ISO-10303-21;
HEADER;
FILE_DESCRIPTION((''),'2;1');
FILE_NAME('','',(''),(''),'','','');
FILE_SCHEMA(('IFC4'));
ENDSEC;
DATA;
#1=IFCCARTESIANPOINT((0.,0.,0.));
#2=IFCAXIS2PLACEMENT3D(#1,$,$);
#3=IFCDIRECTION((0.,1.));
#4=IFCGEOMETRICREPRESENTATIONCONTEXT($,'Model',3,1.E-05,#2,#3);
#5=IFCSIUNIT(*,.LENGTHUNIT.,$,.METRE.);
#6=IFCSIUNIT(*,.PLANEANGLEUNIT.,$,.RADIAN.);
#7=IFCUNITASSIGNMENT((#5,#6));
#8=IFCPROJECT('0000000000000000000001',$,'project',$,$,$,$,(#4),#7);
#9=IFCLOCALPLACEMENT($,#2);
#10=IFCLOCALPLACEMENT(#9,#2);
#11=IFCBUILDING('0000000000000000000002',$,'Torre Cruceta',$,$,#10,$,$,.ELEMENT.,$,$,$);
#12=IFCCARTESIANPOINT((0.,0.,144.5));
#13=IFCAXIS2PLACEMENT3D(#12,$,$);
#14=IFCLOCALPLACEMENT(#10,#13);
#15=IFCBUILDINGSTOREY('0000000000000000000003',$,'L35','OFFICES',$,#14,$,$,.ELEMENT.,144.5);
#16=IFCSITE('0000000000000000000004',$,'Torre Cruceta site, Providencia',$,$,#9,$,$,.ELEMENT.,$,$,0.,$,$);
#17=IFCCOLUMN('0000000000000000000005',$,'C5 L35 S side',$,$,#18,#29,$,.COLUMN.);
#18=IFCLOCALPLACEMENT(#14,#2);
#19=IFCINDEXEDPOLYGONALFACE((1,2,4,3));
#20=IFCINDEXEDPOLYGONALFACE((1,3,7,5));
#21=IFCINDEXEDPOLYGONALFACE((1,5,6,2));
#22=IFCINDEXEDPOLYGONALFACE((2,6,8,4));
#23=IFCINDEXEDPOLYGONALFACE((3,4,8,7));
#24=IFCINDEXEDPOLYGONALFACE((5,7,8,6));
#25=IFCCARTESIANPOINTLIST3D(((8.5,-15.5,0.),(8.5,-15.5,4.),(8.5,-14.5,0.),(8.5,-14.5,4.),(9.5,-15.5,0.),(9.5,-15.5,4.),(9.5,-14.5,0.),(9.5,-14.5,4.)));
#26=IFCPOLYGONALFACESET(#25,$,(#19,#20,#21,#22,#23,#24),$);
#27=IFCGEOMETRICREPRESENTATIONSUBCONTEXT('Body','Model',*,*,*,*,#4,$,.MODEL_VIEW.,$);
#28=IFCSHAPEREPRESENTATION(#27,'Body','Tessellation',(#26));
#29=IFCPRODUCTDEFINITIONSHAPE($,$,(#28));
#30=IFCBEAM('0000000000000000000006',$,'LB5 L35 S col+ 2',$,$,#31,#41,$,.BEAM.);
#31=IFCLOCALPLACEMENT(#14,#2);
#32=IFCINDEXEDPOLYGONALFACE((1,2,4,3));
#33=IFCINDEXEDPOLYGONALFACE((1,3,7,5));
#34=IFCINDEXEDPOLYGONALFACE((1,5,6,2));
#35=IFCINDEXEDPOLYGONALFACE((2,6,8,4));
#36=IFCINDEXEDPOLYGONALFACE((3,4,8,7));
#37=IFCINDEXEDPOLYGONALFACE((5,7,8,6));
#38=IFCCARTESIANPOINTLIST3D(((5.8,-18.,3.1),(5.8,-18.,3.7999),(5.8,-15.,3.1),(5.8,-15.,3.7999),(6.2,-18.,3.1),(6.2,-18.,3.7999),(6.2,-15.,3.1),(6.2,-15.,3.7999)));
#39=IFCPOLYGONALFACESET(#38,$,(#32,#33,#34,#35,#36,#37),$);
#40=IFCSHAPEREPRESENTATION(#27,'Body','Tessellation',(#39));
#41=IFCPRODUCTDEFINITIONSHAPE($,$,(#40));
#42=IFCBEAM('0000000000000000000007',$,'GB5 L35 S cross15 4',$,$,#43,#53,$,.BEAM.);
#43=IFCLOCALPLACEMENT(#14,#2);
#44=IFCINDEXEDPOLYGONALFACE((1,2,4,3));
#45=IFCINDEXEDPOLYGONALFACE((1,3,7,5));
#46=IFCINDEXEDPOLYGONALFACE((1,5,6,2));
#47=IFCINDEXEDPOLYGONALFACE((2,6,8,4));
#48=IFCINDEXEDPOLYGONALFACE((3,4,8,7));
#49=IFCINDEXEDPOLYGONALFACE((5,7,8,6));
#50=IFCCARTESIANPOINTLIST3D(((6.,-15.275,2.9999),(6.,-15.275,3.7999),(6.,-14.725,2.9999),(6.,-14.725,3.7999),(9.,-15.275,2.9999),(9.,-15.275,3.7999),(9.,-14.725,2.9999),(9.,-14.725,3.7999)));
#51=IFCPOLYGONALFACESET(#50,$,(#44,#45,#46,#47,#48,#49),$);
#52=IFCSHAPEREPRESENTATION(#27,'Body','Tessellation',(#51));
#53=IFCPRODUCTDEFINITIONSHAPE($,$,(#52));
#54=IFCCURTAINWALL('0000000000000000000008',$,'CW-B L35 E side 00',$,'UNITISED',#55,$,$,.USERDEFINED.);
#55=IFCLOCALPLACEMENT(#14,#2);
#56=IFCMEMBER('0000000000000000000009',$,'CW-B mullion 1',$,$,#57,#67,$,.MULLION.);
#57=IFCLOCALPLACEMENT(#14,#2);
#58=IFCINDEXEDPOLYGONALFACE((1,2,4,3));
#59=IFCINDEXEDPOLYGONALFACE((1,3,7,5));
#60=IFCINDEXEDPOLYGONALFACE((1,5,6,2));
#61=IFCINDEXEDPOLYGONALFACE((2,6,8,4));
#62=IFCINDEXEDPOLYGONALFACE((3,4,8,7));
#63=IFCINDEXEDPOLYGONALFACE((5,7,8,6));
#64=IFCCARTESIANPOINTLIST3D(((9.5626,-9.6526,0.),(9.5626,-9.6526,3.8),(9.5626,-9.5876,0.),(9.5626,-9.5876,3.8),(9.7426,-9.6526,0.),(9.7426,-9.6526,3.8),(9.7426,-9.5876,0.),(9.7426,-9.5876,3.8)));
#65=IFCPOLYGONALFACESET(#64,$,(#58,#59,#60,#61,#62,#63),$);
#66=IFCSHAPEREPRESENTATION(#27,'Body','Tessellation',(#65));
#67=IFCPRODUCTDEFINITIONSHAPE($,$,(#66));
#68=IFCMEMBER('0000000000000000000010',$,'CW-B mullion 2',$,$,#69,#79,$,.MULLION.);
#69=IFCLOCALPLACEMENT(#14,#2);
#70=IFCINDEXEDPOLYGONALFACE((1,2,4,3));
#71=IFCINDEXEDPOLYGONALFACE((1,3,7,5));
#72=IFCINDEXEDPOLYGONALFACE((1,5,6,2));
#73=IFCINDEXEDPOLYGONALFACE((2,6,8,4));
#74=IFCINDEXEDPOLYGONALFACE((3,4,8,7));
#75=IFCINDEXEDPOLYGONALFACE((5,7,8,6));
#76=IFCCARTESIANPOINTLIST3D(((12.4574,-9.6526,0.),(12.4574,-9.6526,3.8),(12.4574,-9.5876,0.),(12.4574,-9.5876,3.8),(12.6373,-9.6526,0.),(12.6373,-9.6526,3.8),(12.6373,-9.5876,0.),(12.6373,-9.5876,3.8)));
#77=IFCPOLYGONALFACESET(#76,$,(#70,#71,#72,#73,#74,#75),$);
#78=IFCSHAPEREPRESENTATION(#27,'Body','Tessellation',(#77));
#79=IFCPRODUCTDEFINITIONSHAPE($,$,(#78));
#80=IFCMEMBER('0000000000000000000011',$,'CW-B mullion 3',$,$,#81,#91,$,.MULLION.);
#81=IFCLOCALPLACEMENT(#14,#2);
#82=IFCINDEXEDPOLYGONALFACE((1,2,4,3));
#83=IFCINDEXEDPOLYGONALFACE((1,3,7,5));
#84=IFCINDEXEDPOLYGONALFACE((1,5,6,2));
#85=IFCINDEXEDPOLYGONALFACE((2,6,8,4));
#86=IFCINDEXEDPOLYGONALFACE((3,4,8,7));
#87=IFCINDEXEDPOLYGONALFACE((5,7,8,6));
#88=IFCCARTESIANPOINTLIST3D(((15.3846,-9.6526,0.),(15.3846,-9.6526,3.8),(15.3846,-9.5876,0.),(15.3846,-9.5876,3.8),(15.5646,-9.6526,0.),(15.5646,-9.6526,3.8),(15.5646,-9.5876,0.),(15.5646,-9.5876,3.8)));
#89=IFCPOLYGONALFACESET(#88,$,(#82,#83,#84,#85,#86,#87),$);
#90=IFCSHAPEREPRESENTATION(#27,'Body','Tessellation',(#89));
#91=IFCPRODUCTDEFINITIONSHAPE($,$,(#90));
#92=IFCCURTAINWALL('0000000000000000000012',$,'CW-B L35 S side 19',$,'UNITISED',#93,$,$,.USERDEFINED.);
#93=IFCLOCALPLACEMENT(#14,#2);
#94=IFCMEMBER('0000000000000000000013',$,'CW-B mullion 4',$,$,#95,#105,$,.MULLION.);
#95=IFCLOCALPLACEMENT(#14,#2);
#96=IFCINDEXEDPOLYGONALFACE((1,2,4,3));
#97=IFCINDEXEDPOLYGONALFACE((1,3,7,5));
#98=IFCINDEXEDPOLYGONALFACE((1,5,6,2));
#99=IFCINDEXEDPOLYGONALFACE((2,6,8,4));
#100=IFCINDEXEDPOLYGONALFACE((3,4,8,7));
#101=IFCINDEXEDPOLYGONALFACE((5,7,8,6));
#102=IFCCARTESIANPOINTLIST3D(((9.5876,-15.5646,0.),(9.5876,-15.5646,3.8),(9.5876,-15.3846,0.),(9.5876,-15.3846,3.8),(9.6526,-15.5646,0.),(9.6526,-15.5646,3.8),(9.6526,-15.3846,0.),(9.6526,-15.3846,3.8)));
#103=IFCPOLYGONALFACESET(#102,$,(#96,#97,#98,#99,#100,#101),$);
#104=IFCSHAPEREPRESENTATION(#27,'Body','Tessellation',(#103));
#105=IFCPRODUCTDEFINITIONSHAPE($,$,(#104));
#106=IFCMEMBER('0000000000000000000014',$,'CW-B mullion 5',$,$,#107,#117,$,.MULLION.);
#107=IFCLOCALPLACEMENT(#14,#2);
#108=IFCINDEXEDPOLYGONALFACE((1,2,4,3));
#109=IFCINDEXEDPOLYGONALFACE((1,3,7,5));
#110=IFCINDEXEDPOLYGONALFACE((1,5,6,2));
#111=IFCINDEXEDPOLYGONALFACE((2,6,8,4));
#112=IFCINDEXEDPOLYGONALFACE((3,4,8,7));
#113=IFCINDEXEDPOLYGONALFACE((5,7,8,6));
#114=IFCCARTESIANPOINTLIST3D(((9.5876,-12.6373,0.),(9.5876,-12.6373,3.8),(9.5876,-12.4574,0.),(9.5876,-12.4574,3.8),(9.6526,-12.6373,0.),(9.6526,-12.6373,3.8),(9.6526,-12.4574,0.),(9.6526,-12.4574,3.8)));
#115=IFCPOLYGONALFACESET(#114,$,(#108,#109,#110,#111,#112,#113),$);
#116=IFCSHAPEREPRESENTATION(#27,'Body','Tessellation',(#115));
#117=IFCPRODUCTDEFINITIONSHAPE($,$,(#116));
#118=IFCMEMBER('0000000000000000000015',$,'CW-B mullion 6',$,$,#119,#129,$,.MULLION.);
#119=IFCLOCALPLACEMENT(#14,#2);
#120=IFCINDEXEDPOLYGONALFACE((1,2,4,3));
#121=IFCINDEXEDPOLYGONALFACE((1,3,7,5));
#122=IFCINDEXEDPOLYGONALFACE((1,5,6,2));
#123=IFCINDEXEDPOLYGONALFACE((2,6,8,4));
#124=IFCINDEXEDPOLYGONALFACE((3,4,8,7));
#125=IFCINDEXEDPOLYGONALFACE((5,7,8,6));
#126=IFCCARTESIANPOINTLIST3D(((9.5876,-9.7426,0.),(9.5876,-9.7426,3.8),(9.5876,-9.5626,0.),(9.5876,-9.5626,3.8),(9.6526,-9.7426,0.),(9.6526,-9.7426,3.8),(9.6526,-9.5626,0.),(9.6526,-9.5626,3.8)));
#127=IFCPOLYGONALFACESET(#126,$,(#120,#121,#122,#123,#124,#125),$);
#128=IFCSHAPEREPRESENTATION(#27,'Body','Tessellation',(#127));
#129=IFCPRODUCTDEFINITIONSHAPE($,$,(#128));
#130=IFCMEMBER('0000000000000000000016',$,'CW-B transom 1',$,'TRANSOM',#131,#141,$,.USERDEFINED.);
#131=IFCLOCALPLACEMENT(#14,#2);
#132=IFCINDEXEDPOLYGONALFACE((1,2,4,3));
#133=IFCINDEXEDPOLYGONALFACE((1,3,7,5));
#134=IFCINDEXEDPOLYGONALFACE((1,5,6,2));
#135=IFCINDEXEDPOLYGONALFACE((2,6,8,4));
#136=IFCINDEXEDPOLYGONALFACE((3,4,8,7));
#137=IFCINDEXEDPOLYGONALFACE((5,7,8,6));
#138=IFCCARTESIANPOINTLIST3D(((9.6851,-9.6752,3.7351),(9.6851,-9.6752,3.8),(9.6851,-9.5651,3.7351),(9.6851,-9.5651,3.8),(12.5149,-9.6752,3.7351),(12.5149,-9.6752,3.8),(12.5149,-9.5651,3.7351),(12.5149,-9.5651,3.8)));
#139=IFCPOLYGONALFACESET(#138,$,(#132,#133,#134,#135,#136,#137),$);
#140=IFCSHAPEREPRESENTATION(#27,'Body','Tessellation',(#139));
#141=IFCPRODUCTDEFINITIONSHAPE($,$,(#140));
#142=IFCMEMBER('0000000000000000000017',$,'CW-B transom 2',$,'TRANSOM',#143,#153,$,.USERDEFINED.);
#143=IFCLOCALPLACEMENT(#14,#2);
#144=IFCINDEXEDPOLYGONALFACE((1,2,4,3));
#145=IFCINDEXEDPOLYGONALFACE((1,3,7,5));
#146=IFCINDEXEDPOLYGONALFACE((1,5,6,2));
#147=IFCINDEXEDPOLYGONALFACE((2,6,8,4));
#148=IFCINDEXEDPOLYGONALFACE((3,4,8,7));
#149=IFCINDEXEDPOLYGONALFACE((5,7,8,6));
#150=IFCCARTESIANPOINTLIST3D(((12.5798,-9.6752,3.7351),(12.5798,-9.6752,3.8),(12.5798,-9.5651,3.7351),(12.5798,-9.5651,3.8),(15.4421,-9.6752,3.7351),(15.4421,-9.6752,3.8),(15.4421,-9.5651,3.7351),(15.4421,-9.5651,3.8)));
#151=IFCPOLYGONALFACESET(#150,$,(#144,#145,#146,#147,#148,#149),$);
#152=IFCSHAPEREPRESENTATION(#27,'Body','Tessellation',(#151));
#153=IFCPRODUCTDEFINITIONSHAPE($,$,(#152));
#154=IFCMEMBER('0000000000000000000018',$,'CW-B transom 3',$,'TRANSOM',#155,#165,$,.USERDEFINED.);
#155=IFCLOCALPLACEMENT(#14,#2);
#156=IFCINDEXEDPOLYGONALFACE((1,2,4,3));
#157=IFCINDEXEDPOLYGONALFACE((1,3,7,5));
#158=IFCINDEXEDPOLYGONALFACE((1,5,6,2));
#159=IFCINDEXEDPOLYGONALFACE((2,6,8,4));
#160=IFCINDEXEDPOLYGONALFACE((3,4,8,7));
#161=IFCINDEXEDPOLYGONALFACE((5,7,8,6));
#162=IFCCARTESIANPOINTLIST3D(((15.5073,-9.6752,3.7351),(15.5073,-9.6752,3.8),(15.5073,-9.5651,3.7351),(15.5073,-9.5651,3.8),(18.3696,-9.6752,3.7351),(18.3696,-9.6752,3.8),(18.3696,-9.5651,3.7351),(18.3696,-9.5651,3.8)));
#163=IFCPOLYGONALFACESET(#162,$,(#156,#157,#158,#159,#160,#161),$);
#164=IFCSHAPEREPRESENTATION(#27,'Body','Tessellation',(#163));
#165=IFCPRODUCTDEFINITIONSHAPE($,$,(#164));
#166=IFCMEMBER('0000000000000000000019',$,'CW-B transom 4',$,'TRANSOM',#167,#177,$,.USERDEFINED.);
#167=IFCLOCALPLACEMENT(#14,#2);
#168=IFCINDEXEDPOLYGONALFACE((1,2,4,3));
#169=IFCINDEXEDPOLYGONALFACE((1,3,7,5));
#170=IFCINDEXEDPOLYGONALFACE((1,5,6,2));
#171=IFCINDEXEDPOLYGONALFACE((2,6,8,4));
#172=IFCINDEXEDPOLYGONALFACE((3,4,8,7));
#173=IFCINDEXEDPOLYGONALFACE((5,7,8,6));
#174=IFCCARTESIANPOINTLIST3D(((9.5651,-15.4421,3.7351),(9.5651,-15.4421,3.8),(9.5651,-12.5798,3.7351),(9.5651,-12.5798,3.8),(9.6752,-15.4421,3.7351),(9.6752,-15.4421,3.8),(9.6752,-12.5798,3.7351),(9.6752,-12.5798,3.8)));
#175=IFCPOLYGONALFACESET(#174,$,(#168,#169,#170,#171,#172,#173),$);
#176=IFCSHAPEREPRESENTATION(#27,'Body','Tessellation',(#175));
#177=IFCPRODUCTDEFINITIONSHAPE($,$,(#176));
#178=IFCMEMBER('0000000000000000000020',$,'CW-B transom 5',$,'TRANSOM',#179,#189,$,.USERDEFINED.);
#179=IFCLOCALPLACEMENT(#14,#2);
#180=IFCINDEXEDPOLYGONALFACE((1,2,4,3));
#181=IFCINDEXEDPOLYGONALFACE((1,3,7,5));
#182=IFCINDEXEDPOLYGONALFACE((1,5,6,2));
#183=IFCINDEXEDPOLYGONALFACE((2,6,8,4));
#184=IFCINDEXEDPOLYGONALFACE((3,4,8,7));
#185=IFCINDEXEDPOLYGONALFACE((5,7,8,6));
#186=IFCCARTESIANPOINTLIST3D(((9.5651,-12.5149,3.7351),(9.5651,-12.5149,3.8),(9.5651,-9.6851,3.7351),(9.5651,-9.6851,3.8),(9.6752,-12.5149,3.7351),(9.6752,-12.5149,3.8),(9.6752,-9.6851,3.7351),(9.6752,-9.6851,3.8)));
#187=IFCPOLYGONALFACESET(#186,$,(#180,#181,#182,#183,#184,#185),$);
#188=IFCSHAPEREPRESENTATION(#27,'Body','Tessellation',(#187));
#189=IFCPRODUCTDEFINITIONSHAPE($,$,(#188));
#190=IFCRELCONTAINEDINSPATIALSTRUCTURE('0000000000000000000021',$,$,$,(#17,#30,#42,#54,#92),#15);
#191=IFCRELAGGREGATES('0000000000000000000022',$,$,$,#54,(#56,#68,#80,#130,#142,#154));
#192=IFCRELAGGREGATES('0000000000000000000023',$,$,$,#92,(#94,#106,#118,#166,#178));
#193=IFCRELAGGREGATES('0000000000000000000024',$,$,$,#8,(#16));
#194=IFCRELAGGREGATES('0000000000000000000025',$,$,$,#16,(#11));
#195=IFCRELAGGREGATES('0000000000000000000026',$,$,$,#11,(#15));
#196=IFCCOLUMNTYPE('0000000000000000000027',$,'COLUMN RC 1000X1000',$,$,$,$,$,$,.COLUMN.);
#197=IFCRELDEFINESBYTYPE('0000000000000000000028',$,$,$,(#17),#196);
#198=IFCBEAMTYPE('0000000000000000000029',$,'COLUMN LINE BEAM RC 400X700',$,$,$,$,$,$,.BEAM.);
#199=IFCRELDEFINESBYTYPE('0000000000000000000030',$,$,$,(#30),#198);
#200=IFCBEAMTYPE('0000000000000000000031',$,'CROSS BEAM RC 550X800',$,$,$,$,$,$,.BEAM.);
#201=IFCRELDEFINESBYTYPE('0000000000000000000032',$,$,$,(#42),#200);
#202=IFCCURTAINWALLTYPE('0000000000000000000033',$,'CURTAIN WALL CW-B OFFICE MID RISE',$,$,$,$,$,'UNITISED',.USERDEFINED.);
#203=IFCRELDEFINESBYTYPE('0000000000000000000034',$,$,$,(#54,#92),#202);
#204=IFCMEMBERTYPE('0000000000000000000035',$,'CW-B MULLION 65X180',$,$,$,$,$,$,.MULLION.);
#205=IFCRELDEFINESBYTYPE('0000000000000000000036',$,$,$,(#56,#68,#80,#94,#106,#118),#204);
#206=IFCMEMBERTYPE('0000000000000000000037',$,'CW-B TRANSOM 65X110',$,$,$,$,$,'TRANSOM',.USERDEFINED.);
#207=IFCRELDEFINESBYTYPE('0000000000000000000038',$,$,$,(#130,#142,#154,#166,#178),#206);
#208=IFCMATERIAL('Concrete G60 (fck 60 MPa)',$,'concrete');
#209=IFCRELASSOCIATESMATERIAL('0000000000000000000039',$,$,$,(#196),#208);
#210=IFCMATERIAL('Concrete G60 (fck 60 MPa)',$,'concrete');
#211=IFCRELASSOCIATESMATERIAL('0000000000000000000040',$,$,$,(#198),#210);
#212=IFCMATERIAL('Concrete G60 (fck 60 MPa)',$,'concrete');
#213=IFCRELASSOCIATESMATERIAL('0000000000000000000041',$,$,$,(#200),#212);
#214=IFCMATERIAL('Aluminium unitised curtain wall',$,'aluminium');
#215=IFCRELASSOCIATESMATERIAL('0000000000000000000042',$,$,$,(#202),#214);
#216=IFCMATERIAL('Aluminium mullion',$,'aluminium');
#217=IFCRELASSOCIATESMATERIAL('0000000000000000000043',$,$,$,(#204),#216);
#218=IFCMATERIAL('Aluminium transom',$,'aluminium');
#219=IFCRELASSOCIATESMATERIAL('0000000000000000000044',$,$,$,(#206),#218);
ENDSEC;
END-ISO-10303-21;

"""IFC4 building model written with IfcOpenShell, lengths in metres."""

from ifc_helpers import new_model, si_unit, direction, frame, origin, origin_2d, place, context, subcontext, project, spatial, rectangle, extrude, material, material_profile, profile_set, type_object, element, aggregate, save


model = new_model("IFC4")

# Units and contexts
model_context = context("Model", 3, precision=1e-05, world=origin(), true_north=direction((0.0, 1.0)))
body_context = subcontext(model_context, "Body", "Model", "MODEL_VIEW")
ifc_project = project(units=[si_unit("LENGTHUNIT", "METRE"), si_unit("PLANEANGLEUNIT", "RADIAN")], contexts=[model_context])

# Site, building, storey
site_placement = place(None, origin())
site = spatial("IfcSite", under=ifc_project, at=site_placement, Name="Torre Cruceta site, Providencia", CompositionType="ELEMENT", RefElevation=0.0)
building_placement = place(site_placement, origin())
building = spatial("IfcBuilding", under=site, at=building_placement, Name="Torre Cruceta", CompositionType="ELEMENT")
storey_placement = place(building_placement, frame((0.0, 0.0, 144.5)))
storey = spatial("IfcBuildingStorey", under=building, at=storey_placement, Name="L35", Description="OFFICES", CompositionType="ELEMENT", Elevation=144.5)

# Column
ifc_material_1 = material(Name="Concrete G60 (fck 60 MPa)", Category="concrete")
ifc_material_profile_1 = material_profile(ifc_material_1, rectangle(XDim=1.0, YDim=1.0, at=origin_2d()), Name="RC 1000X1000")
ifc_profile_set_1 = profile_set([ifc_material_profile_1], Name="Concrete G60 (fck 60 MPa)")
column_type = type_object("IfcColumnType", Name="COLUMN RC 1000X1000", PredefinedType="COLUMN", material=ifc_profile_set_1)
column_placement = place(storey_placement, frame((9.0, -15.0, 0.0), z_axis=(0.0, 0.0, 1.0), x_axis=(1.0, 0.0, 0.0)))
element("IfcColumn", 1, at=column_placement, inside=storey, type_object=column_type, Name="C5 L35 S side", PredefinedType="COLUMN", context=body_context, shape_type="SweptSolid", body=[
    extrude(rectangle(XDim=1.0, YDim=1.0, at=origin_2d()), origin(), (0.0, 0.0, 1.0), 4.0),
])

# Beams
ifc_material_2 = material(Name="Concrete G60 (fck 60 MPa)", Category="concrete")
ifc_material_profile_2 = material_profile(ifc_material_2, rectangle(XDim=0.3999, YDim=0.7, at=origin_2d()), Name="RC 400X700")
ifc_profile_set_2 = profile_set([ifc_material_profile_2], Name="Concrete G60 (fck 60 MPa)")
beam_type_1 = type_object("IfcBeamType", Name="COLUMN LINE BEAM RC 400X700", PredefinedType="BEAM", material=ifc_profile_set_2)
beam_1_placement = place(storey_placement, frame((6.0, -15.0, 3.45), z_axis=(0.0, -1.0, 0.0), x_axis=(1.0, 0.0, 0.0)))
element("IfcBeam", 2, at=beam_1_placement, inside=storey, type_object=beam_type_1, Name="LB5 L35 S col+ 2", PredefinedType="BEAM", context=body_context, shape_type="SweptSolid", body=[
    extrude(rectangle(XDim=0.3999, YDim=0.7, at=origin_2d()), origin(), (0.0, 0.0, 1.0), 3.0),
])
ifc_material_3 = material(Name="Concrete G60 (fck 60 MPa)", Category="concrete")
ifc_material_profile_3 = material_profile(ifc_material_3, rectangle(XDim=0.55, YDim=0.8, at=origin_2d()), Name="RC 550X800")
ifc_profile_set_3 = profile_set([ifc_material_profile_3], Name="Concrete G60 (fck 60 MPa)")
beam_type_2 = type_object("IfcBeamType", Name="CROSS BEAM RC 550X800", PredefinedType="BEAM", material=ifc_profile_set_3)
beam_2_placement = place(storey_placement, frame((6.0, -15.0, 3.3999), z_axis=(1.0, 0.0, 0.0), x_axis=(0.0, 1.0, 0.0)))
element("IfcBeam", 3, at=beam_2_placement, inside=storey, type_object=beam_type_2, Name="GB5 L35 S cross15 4", PredefinedType="BEAM", context=body_context, shape_type="SweptSolid", body=[
    extrude(rectangle(XDim=0.55, YDim=0.8, at=origin_2d()), origin(), (0.0, 0.0, 1.0), 3.0),
])

# Curtain walls, members
ifc_material_4 = material(Name="Aluminium unitised curtain wall", Category="aluminium")
curtain_wall_type = type_object("IfcCurtainWallType", Name="CURTAIN WALL CW-B OFFICE MID RISE", ElementType="UNITISED", PredefinedType="USERDEFINED", material=ifc_material_4)
curtain_wall_1_placement = place(storey_placement, origin())
curtain_wall_1 = element("IfcCurtainWall", 4, at=curtain_wall_1_placement, inside=storey, type_object=curtain_wall_type, Name="CW-B L35 E side 00", ObjectType="UNITISED", PredefinedType="USERDEFINED")
ifc_material_5 = material(Name="Aluminium mullion", Category="aluminium")
ifc_material_profile_4 = material_profile(ifc_material_5, rectangle(XDim=0.0649, YDim=0.1799, at=origin_2d()), Name="AL 65X180")
ifc_profile_set_4 = profile_set([ifc_material_profile_4], Name="Aluminium mullion")
member_type_1 = type_object("IfcMemberType", Name="CW-B MULLION 65X180", PredefinedType="MULLION", material=ifc_profile_set_4)
member_1_placement = place(storey_placement, frame((9.6526, -9.6201, 0.0), z_axis=(0.0, 0.0, 1.0), x_axis=(0.0, 1.0, 0.0)))
member_1 = element("IfcMember", 5, at=member_1_placement, type_object=member_type_1, Name="CW-B mullion 1", PredefinedType="MULLION", context=body_context, shape_type="SweptSolid", body=[
    extrude(rectangle(XDim=0.0649, YDim=0.1799, at=origin_2d()), origin(), (0.0, 0.0, 1.0), 3.8),
])
member_2_placement = place(storey_placement, frame((12.5474, -9.6201, 0.0), z_axis=(0.0, 0.0, 1.0), x_axis=(0.0, 1.0, 0.0)))
member_2 = element("IfcMember", 6, at=member_2_placement, type_object=member_type_1, Name="CW-B mullion 2", PredefinedType="MULLION", context=body_context, shape_type="SweptSolid", body=[
    extrude(rectangle(XDim=0.0649, YDim=0.1799, at=origin_2d()), origin(), (0.0, 0.0, 1.0), 3.8),
])
member_3_placement = place(storey_placement, frame((15.4746, -9.6201, 0.0), z_axis=(0.0, 0.0, 1.0), x_axis=(0.0, 1.0, 0.0)))
member_3 = element("IfcMember", 7, at=member_3_placement, type_object=member_type_1, Name="CW-B mullion 3", PredefinedType="MULLION", context=body_context, shape_type="SweptSolid", body=[
    extrude(rectangle(XDim=0.0649, YDim=0.1799, at=origin_2d()), origin(), (0.0, 0.0, 1.0), 3.8),
])
curtain_wall_2_placement = place(storey_placement, origin())
curtain_wall_2 = element("IfcCurtainWall", 8, at=curtain_wall_2_placement, inside=storey, type_object=curtain_wall_type, Name="CW-B L35 S side 19", ObjectType="UNITISED", PredefinedType="USERDEFINED")
member_4_placement = place(storey_placement, frame((9.6201, -15.4746, 0.0), z_axis=(0.0, 0.0, 1.0), x_axis=(-1.0, 0.0, 0.0)))
member_4 = element("IfcMember", 9, at=member_4_placement, type_object=member_type_1, Name="CW-B mullion 4", PredefinedType="MULLION", context=body_context, shape_type="SweptSolid", body=[
    extrude(rectangle(XDim=0.0649, YDim=0.1799, at=origin_2d()), origin(), (0.0, 0.0, 1.0), 3.8),
])
member_5_placement = place(storey_placement, frame((9.6201, -12.5474, 0.0), z_axis=(0.0, 0.0, 1.0), x_axis=(-1.0, 0.0, 0.0)))
member_5 = element("IfcMember", 10, at=member_5_placement, type_object=member_type_1, Name="CW-B mullion 5", PredefinedType="MULLION", context=body_context, shape_type="SweptSolid", body=[
    extrude(rectangle(XDim=0.0649, YDim=0.1799, at=origin_2d()), origin(), (0.0, 0.0, 1.0), 3.8),
])
member_6_placement = place(storey_placement, frame((9.6201, -9.6526, 0.0), z_axis=(0.0, 0.0, 1.0), x_axis=(-1.0, 0.0, 0.0)))
member_6 = element("IfcMember", 11, at=member_6_placement, type_object=member_type_1, Name="CW-B mullion 6", PredefinedType="MULLION", context=body_context, shape_type="SweptSolid", body=[
    extrude(rectangle(XDim=0.0649, YDim=0.1799, at=origin_2d()), origin(), (0.0, 0.0, 1.0), 3.8),
])

# Members
ifc_material_6 = material(Name="Aluminium transom", Category="aluminium")
ifc_material_profile_5 = material_profile(ifc_material_6, rectangle(XDim=0.1101, YDim=0.0649, at=origin_2d()), Name="AL 110X65")
ifc_profile_set_5 = profile_set([ifc_material_profile_5], Name="Aluminium transom")
member_type_2 = type_object("IfcMemberType", Name="CW-B TRANSOM 65X110", ElementType="TRANSOM", PredefinedType="USERDEFINED", material=ifc_profile_set_5)
member_7_placement = place(storey_placement, frame((9.6851, -9.6201, 3.7676), z_axis=(1.0, 0.0, 0.0), x_axis=(0.0, 1.0, 0.0)))
member_7 = element("IfcMember", 12, at=member_7_placement, type_object=member_type_2, Name="CW-B transom 1", ObjectType="TRANSOM", PredefinedType="USERDEFINED", context=body_context, shape_type="SweptSolid", body=[
    extrude(rectangle(XDim=0.1101, YDim=0.0649, at=origin_2d()), origin(), (0.0, 0.0, 1.0), 2.8298),
])
member_8_placement = place(storey_placement, frame((12.5798, -9.6201, 3.7676), z_axis=(1.0, 0.0, 0.0), x_axis=(0.0, 1.0, 0.0)))
member_8 = element("IfcMember", 13, at=member_8_placement, type_object=member_type_2, Name="CW-B transom 2", ObjectType="TRANSOM", PredefinedType="USERDEFINED", context=body_context, shape_type="SweptSolid", body=[
    extrude(rectangle(XDim=0.1101, YDim=0.0649, at=origin_2d()), origin(), (0.0, 0.0, 1.0), 2.8623),
])
member_9_placement = place(storey_placement, frame((15.5073, -9.6201, 3.7676), z_axis=(1.0, 0.0, 0.0), x_axis=(0.0, 1.0, 0.0)))
member_9 = element("IfcMember", 14, at=member_9_placement, type_object=member_type_2, Name="CW-B transom 3", ObjectType="TRANSOM", PredefinedType="USERDEFINED", context=body_context, shape_type="SweptSolid", body=[
    extrude(rectangle(XDim=0.1101, YDim=0.0649, at=origin_2d()), origin(), (0.0, 0.0, 1.0), 2.8623),
])
member_10_placement = place(storey_placement, frame((9.6201, -15.4421, 3.7676), z_axis=(0.0, 1.0, 0.0), x_axis=(-1.0, 0.0, 0.0)))
member_10 = element("IfcMember", 15, at=member_10_placement, type_object=member_type_2, Name="CW-B transom 4", ObjectType="TRANSOM", PredefinedType="USERDEFINED", context=body_context, shape_type="SweptSolid", body=[
    extrude(rectangle(XDim=0.1101, YDim=0.0649, at=origin_2d()), origin(), (0.0, 0.0, 1.0), 2.8623),
])
member_11_placement = place(storey_placement, frame((9.6201, -12.5149, 3.7676), z_axis=(0.0, 1.0, 0.0), x_axis=(-1.0, 0.0, 0.0)))
member_11 = element("IfcMember", 16, at=member_11_placement, type_object=member_type_2, Name="CW-B transom 5", ObjectType="TRANSOM", PredefinedType="USERDEFINED", context=body_context, shape_type="SweptSolid", body=[
    extrude(rectangle(XDim=0.1101, YDim=0.0649, at=origin_2d()), origin(), (0.0, 0.0, 1.0), 2.8298),
])

aggregate(curtain_wall_1, [member_1, member_2, member_3, member_7, member_8, member_9])
aggregate(curtain_wall_2, [member_4, member_5, member_6, member_10, member_11])

save(model, "model.ifc")
